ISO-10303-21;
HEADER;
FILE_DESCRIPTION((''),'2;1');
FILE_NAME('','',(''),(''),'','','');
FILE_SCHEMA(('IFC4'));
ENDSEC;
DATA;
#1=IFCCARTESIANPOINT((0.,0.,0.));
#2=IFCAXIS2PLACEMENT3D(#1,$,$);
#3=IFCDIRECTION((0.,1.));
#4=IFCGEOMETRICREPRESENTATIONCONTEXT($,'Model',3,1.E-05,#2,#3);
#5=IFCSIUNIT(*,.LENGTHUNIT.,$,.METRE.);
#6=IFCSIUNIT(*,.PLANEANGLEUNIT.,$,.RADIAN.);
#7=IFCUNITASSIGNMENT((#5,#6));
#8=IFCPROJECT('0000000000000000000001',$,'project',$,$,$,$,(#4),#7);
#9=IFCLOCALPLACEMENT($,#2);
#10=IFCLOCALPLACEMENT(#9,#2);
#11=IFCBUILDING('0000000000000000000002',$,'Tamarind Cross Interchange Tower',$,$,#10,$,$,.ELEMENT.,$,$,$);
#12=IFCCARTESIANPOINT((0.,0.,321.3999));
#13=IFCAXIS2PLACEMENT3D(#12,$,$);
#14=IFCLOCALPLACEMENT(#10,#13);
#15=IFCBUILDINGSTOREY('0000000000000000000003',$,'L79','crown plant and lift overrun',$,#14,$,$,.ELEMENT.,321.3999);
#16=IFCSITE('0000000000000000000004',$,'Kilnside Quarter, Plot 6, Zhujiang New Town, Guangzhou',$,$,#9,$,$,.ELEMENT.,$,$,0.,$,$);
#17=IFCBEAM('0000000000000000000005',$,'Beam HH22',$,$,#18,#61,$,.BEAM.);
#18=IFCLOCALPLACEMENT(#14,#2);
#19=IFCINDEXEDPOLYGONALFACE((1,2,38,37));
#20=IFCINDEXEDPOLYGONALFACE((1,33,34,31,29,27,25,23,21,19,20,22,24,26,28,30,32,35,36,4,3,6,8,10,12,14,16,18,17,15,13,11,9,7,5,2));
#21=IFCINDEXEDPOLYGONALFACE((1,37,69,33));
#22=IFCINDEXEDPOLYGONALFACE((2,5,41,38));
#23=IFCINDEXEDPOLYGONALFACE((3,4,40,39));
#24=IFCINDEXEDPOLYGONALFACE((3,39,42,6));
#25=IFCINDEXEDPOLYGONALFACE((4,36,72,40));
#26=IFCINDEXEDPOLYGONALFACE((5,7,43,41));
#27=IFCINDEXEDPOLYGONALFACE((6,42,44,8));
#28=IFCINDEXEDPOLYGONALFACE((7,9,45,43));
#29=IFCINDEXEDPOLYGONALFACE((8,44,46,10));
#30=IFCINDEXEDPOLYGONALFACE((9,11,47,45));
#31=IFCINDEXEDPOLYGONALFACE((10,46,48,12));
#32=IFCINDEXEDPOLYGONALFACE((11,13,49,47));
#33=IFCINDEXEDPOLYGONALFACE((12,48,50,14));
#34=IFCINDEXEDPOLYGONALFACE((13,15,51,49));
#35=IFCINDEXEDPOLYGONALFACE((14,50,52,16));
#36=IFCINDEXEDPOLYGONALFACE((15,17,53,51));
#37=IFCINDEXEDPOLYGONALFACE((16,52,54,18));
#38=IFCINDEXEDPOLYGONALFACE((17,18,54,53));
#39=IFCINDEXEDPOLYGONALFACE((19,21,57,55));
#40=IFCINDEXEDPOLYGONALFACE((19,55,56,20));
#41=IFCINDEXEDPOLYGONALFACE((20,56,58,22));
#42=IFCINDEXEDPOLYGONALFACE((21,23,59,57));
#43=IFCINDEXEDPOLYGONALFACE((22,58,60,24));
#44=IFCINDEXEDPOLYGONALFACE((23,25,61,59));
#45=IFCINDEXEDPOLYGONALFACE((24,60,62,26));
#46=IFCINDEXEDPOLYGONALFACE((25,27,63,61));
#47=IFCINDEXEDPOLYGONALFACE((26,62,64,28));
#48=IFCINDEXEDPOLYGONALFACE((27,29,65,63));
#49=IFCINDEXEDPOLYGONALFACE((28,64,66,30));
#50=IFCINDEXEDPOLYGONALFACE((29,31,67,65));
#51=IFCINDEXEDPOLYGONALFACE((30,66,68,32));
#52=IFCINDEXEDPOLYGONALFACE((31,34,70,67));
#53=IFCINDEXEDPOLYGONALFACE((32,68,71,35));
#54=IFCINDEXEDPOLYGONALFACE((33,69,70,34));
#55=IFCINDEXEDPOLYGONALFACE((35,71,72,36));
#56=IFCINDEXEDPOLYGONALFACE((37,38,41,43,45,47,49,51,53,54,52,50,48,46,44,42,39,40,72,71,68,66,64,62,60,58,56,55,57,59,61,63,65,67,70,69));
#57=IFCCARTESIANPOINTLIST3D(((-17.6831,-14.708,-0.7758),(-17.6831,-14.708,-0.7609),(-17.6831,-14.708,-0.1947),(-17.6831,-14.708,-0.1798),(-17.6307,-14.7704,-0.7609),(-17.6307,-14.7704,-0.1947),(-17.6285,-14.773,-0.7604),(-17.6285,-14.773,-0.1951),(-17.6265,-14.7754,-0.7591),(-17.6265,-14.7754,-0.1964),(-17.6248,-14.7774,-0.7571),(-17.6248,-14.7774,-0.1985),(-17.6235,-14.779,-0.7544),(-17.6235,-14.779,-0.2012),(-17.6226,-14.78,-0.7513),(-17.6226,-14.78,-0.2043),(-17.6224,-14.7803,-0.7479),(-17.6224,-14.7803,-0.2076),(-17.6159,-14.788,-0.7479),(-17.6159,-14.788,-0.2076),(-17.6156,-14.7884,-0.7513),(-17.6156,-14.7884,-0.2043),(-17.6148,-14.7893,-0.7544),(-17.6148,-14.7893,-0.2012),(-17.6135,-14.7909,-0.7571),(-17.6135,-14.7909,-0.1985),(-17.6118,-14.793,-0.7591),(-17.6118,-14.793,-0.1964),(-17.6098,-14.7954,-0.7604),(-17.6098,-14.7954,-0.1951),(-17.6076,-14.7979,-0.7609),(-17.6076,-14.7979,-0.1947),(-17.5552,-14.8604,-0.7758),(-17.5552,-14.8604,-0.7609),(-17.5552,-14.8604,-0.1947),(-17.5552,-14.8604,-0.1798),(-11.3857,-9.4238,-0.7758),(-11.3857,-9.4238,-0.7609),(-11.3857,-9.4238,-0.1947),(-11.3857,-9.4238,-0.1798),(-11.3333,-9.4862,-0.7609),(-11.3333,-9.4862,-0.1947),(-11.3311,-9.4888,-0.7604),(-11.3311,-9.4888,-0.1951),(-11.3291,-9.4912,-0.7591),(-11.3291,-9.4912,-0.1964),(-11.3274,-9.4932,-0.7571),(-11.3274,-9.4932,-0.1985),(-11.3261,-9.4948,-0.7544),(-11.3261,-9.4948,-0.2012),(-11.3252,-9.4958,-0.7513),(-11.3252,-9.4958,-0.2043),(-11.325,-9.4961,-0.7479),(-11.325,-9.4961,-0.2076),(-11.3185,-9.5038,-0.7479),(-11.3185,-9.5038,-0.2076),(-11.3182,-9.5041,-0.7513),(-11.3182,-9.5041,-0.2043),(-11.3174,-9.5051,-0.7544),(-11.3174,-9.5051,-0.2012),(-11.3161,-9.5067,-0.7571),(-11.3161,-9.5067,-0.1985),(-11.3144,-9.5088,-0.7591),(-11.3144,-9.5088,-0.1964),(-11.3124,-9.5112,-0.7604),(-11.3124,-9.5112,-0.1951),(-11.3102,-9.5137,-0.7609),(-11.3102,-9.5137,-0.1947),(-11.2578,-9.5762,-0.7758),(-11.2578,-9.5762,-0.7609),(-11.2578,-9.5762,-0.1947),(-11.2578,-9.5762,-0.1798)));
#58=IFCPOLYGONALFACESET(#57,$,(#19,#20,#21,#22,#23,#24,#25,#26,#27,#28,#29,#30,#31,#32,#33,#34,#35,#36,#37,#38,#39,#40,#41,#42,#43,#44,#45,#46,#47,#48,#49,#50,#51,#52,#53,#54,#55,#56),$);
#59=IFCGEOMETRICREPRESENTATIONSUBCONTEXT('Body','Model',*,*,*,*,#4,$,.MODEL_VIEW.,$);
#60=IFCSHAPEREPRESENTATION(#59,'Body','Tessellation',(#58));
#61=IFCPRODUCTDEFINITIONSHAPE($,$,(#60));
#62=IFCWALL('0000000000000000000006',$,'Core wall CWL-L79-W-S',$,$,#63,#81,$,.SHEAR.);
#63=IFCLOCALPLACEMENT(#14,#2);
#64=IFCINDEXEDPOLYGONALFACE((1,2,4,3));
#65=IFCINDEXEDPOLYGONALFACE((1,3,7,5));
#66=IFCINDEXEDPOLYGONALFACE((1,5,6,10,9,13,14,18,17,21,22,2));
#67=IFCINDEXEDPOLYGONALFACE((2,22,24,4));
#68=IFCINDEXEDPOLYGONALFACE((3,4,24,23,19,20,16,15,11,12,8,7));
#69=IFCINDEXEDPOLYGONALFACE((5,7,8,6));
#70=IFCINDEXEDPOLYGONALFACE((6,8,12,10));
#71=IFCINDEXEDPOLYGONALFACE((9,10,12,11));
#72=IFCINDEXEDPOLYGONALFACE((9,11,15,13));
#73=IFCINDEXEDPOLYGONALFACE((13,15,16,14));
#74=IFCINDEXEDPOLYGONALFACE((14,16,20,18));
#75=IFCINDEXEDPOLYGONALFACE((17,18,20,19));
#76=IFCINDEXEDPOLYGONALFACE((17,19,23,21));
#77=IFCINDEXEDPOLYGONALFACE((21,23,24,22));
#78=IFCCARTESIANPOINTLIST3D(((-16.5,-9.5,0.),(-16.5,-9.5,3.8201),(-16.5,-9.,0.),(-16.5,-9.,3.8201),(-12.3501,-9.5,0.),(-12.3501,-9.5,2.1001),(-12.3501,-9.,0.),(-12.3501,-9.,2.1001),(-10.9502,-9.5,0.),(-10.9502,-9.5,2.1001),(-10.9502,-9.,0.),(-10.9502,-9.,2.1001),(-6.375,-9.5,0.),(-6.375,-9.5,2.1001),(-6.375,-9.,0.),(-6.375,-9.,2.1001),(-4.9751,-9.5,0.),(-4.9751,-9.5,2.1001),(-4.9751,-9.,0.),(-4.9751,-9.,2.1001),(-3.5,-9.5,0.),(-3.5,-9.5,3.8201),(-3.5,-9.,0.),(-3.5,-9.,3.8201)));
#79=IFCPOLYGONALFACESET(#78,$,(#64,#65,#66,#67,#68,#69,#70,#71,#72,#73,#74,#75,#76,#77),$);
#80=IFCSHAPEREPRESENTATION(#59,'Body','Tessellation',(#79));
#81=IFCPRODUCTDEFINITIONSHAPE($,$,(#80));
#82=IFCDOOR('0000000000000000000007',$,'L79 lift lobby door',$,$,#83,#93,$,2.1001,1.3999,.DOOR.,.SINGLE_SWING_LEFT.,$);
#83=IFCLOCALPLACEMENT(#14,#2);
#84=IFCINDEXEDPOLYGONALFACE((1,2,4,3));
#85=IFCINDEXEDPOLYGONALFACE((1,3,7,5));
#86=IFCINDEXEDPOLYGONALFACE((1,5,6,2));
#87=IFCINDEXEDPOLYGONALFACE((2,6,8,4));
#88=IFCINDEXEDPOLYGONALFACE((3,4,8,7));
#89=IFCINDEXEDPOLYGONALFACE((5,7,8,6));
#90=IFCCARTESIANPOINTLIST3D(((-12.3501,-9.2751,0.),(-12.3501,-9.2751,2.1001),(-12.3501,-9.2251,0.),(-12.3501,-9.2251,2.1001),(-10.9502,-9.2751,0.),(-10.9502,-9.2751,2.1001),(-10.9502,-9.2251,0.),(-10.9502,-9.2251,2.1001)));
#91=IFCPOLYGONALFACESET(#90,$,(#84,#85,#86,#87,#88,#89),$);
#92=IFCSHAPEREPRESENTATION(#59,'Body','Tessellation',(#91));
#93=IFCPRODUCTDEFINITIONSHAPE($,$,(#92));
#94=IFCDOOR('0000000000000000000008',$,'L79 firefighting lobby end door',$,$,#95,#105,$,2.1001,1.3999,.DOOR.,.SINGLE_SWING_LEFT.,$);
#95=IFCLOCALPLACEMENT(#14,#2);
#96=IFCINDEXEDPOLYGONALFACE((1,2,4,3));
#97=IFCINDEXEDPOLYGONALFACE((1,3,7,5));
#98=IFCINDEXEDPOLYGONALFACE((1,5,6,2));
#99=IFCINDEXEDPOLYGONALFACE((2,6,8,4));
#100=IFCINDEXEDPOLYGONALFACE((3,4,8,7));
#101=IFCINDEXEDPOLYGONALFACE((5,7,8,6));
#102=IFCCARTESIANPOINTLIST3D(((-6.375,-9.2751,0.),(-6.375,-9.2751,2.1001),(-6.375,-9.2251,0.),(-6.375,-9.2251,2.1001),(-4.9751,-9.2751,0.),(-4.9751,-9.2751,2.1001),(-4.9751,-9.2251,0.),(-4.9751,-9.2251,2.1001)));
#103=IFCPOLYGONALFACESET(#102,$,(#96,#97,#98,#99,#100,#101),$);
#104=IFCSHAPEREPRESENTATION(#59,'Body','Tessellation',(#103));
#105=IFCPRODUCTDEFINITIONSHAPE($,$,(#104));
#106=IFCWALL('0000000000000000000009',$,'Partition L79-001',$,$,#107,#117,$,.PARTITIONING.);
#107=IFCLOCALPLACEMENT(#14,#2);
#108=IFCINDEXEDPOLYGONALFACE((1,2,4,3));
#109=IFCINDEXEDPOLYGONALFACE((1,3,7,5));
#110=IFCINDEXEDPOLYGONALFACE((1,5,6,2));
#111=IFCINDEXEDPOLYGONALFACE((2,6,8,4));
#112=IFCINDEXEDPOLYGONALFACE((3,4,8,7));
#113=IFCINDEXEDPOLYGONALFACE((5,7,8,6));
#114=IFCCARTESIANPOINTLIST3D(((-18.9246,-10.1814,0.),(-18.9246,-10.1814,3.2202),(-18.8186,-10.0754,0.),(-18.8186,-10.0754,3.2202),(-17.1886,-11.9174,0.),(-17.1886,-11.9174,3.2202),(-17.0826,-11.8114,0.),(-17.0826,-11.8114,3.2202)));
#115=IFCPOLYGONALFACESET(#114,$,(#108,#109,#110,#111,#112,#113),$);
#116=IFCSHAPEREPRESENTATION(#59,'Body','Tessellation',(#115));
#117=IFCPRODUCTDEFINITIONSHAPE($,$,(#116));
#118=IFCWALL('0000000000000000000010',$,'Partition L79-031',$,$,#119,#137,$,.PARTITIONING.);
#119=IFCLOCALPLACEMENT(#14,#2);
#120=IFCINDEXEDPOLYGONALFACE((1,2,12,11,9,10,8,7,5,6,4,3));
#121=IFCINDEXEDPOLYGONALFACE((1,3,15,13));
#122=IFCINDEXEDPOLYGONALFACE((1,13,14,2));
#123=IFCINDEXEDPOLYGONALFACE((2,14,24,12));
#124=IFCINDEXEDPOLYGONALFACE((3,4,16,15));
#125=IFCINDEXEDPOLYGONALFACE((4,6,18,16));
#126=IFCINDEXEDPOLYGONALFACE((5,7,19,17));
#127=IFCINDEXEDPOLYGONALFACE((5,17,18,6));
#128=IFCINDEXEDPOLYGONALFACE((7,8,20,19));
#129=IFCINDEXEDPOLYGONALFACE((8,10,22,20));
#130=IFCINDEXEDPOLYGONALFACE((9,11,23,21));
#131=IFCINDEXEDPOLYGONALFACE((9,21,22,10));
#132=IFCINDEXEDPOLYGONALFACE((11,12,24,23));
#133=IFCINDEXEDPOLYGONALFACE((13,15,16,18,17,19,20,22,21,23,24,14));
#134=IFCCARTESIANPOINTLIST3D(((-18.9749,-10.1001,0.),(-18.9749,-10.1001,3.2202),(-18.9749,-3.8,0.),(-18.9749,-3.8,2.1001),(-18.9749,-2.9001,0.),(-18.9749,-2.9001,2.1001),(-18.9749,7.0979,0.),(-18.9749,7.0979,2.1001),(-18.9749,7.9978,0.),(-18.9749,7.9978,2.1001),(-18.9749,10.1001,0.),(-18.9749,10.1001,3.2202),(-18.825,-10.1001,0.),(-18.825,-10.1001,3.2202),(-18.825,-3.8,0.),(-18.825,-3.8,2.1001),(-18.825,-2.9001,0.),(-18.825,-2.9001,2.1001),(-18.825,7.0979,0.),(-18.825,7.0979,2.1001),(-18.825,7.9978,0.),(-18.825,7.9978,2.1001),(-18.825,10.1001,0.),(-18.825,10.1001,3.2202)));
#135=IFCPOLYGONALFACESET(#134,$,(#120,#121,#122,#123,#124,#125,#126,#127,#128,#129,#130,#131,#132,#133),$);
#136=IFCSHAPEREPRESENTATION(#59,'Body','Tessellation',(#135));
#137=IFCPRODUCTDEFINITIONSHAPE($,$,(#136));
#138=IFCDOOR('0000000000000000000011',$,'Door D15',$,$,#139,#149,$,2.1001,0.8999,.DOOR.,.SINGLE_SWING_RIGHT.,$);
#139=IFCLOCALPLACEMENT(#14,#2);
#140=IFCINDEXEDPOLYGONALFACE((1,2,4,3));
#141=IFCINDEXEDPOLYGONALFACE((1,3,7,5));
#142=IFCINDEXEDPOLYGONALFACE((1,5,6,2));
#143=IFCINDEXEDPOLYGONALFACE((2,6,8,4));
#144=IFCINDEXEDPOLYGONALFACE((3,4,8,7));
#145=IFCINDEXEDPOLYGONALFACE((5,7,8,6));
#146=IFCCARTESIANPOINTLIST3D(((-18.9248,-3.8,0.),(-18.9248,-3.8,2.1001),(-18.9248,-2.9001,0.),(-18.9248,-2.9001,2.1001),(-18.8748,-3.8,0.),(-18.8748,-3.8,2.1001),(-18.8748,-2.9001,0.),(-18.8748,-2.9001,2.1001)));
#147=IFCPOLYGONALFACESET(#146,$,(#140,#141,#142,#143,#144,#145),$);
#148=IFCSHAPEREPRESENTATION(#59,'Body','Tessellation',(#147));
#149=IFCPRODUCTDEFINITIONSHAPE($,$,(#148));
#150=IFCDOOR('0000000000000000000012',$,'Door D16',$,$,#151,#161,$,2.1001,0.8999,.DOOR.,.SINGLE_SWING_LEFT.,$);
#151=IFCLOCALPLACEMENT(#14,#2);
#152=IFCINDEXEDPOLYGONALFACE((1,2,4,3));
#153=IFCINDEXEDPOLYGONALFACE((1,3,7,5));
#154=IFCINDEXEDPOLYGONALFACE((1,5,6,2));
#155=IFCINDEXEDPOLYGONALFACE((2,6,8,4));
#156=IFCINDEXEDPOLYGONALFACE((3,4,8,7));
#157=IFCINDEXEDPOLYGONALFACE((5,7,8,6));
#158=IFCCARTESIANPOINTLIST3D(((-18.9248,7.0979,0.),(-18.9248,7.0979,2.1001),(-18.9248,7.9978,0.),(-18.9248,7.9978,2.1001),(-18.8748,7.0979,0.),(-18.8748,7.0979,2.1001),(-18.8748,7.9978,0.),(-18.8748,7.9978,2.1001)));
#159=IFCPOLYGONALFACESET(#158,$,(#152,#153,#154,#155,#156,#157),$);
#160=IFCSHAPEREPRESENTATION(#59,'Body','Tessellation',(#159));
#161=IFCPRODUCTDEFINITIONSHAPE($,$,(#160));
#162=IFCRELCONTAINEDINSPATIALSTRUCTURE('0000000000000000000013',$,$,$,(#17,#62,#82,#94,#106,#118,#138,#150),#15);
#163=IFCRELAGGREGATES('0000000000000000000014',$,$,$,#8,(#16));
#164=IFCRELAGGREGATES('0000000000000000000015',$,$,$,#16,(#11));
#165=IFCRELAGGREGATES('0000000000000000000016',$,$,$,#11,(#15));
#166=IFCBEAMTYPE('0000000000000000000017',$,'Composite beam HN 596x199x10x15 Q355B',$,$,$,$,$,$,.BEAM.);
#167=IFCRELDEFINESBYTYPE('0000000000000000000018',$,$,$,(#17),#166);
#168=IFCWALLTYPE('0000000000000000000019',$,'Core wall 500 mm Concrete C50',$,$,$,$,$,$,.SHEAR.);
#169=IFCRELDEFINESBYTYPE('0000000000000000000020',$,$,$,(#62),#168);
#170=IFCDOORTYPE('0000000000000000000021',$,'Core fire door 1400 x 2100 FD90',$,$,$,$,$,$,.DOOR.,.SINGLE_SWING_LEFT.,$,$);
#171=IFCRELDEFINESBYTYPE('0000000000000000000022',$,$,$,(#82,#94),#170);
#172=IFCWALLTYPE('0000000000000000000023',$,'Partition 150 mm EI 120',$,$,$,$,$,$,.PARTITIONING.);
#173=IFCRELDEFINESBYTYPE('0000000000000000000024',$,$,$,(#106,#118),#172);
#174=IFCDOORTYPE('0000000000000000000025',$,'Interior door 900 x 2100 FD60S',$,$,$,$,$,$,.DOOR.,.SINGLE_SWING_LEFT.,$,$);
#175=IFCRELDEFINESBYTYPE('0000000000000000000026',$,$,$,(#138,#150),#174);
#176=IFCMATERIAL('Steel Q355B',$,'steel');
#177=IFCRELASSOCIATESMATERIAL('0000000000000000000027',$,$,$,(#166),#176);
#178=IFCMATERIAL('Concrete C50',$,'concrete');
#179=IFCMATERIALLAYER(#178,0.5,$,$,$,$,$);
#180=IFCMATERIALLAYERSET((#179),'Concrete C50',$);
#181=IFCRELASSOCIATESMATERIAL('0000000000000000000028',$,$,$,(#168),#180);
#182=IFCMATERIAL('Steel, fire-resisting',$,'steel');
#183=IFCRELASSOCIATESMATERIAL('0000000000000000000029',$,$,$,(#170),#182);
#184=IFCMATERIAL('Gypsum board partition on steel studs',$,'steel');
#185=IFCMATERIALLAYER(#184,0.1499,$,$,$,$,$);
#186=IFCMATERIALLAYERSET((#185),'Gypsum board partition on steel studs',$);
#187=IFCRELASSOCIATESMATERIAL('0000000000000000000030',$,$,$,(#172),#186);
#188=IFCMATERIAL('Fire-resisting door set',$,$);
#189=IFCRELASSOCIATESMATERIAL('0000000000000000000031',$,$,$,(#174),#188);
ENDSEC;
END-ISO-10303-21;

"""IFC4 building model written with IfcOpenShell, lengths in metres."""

from ifc_helpers import new_model, si_unit, direction, frame, frame_2d, origin, origin_2d, place, context, subcontext, project, spatial, rectangle, i_section, extrude, material, layer, layer_set, material_profile, profile_set, type_object, element, fill, save


model = new_model("IFC4")

# Units and contexts
model_context = context("Model", 3, precision=1e-05, world=origin(), true_north=direction((0.0, 1.0)))
body_context = subcontext(model_context, "Body", "Model", "MODEL_VIEW")
ifc_project = project(units=[si_unit("LENGTHUNIT", "METRE"), si_unit("PLANEANGLEUNIT", "RADIAN")], contexts=[model_context])

# Site, building, storey
site_placement = place(None, origin())
site = spatial("IfcSite", under=ifc_project, at=site_placement, Name="Kilnside Quarter, Plot 6, Zhujiang New Town, Guangzhou", CompositionType="ELEMENT", RefElevation=0.0)
building_placement = place(site_placement, origin())
building = spatial("IfcBuilding", under=site, at=building_placement, Name="Tamarind Cross Interchange Tower", CompositionType="ELEMENT")
storey_placement = place(building_placement, frame((0.0, 0.0, 321.3999)))
storey = spatial("IfcBuildingStorey", under=building, at=storey_placement, Name="L79", Description="crown plant and lift overrun", CompositionType="ELEMENT", Elevation=321.3999)

# Beam
ifc_material_1 = material(Name="Steel Q355B", Category="steel")
ifc_material_profile_1 = material_profile(ifc_material_1, i_section(OverallWidth=0.199, OverallDepth=0.5959, WebThickness=0.01, FlangeThickness=0.0149, FilletRadius=0.0129, at=origin_2d()), Name="HN 596x199x10x15")
ifc_profile_set_1 = profile_set([ifc_material_profile_1], Name="Steel Q355B")
beam_type = type_object("IfcBeamType", Name="Composite beam HN 596x199x10x15 Q355B", PredefinedType="BEAM", material=ifc_profile_set_1)
beam_1_placement = place(storey_placement, frame((-17.6191, -14.7842, -0.4778), z_axis=(0.766041, 0.642792, 0.0), x_axis=(-0.642792, 0.766041, 0.0)))
element("IfcBeam", 1, at=beam_1_placement, inside=storey, type_object=beam_type, Name="Beam HH22", PredefinedType="BEAM", context=body_context, shape_type="SweptSolid", body=[
    extrude(i_section(OverallWidth=0.199, OverallDepth=0.5959, WebThickness=0.01, FlangeThickness=0.0149, FilletRadius=0.0129, at=origin_2d()), origin(), (0.0, 0.0, 1.0), 8.2207),
])

# Wall, openings, doors
ifc_material_2 = material(Name="Concrete C50", Category="concrete")
ifc_layer_1 = layer(ifc_material_2, 0.5)
ifc_layer_set_1 = layer_set([ifc_layer_1], Name="Concrete C50")
wall_type_1 = type_object("IfcWallType", Name="Core wall 500 mm Concrete C50", PredefinedType="SHEAR", material=ifc_layer_set_1)
wall_1_placement = place(storey_placement, frame((-16.5, -9.25, 0.0), z_axis=(0.0, 0.0, 1.0), x_axis=(1.0, 0.0, 0.0)))
wall_1 = element("IfcWall", 2, at=wall_1_placement, inside=storey, type_object=wall_type_1, Name="Core wall CWL-L79-W-S", PredefinedType="SHEAR", context=body_context, shape_type="SweptSolid", body=[
    extrude(rectangle(XDim=13.0, YDim=0.5, at=frame_2d((6.5, 0.0))), origin(), (0.0, 0.0, 1.0), 3.8201),
])
opening_1_placement = place(wall_1_placement, frame((4.1499, 0.0, 0.0)))
opening_1 = element("IfcOpeningElement", 3, at=opening_1_placement, cuts=wall_1, PredefinedType="OPENING", context=body_context, shape_type="SweptSolid", body=[
    extrude(rectangle(XDim=1.3999, YDim=2.1001, at=frame_2d((0.7, 1.05))), frame((0.0, 0.26, 0.0), z_axis=(0.0, -1.0, 0.0), x_axis=(1.0, 0.0, 0.0)), (0.0, 0.0, 1.0), 0.52),
])
opening_2_placement = place(wall_1_placement, frame((10.125, 0.0, 0.0)))
opening_2 = element("IfcOpeningElement", 4, at=opening_2_placement, cuts=wall_1, PredefinedType="OPENING", context=body_context, shape_type="SweptSolid", body=[
    extrude(rectangle(XDim=1.3999, YDim=2.1001, at=frame_2d((0.7, 1.05))), frame((0.0, 0.26, 0.0), z_axis=(0.0, -1.0, 0.0), x_axis=(1.0, 0.0, 0.0)), (0.0, 0.0, 1.0), 0.52),
])
ifc_material_3 = material(Name="Steel, fire-resisting", Category="steel")
door_type_1 = type_object("IfcDoorType", Name="Core fire door 1400 x 2100 FD90", OperationType="SINGLE_SWING_LEFT", PredefinedType="DOOR", material=ifc_material_3)
door_1_placement = place(opening_1_placement, origin())
door_1 = element("IfcDoor", 5, at=door_1_placement, inside=storey, type_object=door_type_1, Name="L79 lift lobby door", OperationType="SINGLE_SWING_LEFT", OverallHeight=2.1001, OverallWidth=1.3999, PredefinedType="DOOR", context=body_context, shape_type="SweptSolid", body=[
    extrude(rectangle(XDim=1.3999, YDim=2.1001, at=frame_2d((0.7, 1.05))), frame((0.0, 0.0249, 0.0), z_axis=(0.0, -1.0, 0.0), x_axis=(1.0, 0.0, 0.0)), (0.0, 0.0, 1.0), 0.05),
])
fill(opening_1, door_1)
door_2_placement = place(opening_2_placement, origin())
door_2 = element("IfcDoor", 6, at=door_2_placement, inside=storey, type_object=door_type_1, Name="L79 firefighting lobby end door", OperationType="SINGLE_SWING_LEFT", OverallHeight=2.1001, OverallWidth=1.3999, PredefinedType="DOOR", context=body_context, shape_type="SweptSolid", body=[
    extrude(rectangle(XDim=1.3999, YDim=2.1001, at=frame_2d((0.7, 1.05))), frame((0.0, 0.0249, 0.0), z_axis=(0.0, -1.0, 0.0), x_axis=(1.0, 0.0, 0.0)), (0.0, 0.0, 1.0), 0.05),
])
fill(opening_2, door_2)

# Wall
ifc_material_4 = material(Name="Gypsum board partition on steel studs", Category="steel")
ifc_layer_2 = layer(ifc_material_4, 0.1499)
ifc_layer_set_2 = layer_set([ifc_layer_2], Name="Gypsum board partition on steel studs")
wall_type_2 = type_object("IfcWallType", Name="Partition 150 mm EI 120", PredefinedType="PARTITIONING", material=ifc_layer_set_2)
wall_2_placement = place(storey_placement, frame((-18.8716, -10.1284, 0.0), z_axis=(0.0, 0.0, 1.0), x_axis=(0.707107, -0.707107, 0.0)))
element("IfcWall", 7, at=wall_2_placement, inside=storey, type_object=wall_type_2, Name="Partition L79-001", PredefinedType="PARTITIONING", context=body_context, shape_type="SweptSolid", body=[
    extrude(rectangle(XDim=2.4551, YDim=0.1499, at=frame_2d((1.2275, 0.0))), origin(), (0.0, 0.0, 1.0), 3.2202),
])

# Wall, openings, doors
wall_3_placement = place(storey_placement, frame((-18.8999, -10.1001, 0.0), z_axis=(0.0, 0.0, 1.0), x_axis=(0.0, 1.0, 0.0)))
wall_3 = element("IfcWall", 8, at=wall_3_placement, inside=storey, type_object=wall_type_2, Name="Partition L79-031", PredefinedType="PARTITIONING", context=body_context, shape_type="SweptSolid", body=[
    extrude(rectangle(XDim=20.2002, YDim=0.1499, at=frame_2d((10.1001, 0.0))), origin(), (0.0, 0.0, 1.0), 3.2202),
])
opening_3_placement = place(wall_3_placement, frame((6.3, 0.0, 0.0)))
opening_3 = element("IfcOpeningElement", 9, at=opening_3_placement, cuts=wall_3, PredefinedType="OPENING", context=body_context, shape_type="SweptSolid", body=[
    extrude(rectangle(XDim=0.8999, YDim=2.1001, at=frame_2d((0.45, 1.05))), frame((0.0, 0.085, 0.0), z_axis=(0.0, -1.0, 0.0), x_axis=(1.0, 0.0, 0.0)), (0.0, 0.0, 1.0), 0.1699),
])
opening_4_placement = place(wall_3_placement, frame((17.198, 0.0, 0.0)))
opening_4 = element("IfcOpeningElement", 10, at=opening_4_placement, cuts=wall_3, PredefinedType="OPENING", context=body_context, shape_type="SweptSolid", body=[
    extrude(rectangle(XDim=0.8999, YDim=2.1001, at=frame_2d((0.45, 1.05))), frame((0.0, 0.085, 0.0), z_axis=(0.0, -1.0, 0.0), x_axis=(1.0, 0.0, 0.0)), (0.0, 0.0, 1.0), 0.1699),
])
ifc_material_5 = material(Name="Fire-resisting door set")
door_type_2 = type_object("IfcDoorType", Name="Interior door 900 x 2100 FD60S", OperationType="SINGLE_SWING_LEFT", PredefinedType="DOOR", material=ifc_material_5)
door_3_placement = place(opening_3_placement, origin())
door_3 = element("IfcDoor", 11, at=door_3_placement, inside=storey, type_object=door_type_2, Name="Door D15", OperationType="SINGLE_SWING_RIGHT", OverallHeight=2.1001, OverallWidth=0.8999, PredefinedType="DOOR", context=body_context, shape_type="SweptSolid", body=[
    extrude(rectangle(XDim=0.8999, YDim=2.1001, at=frame_2d((0.45, 1.05))), frame((0.0, 0.0249, 0.0), z_axis=(0.0, -1.0, 0.0), x_axis=(1.0, 0.0, 0.0)), (0.0, 0.0, 1.0), 0.05),
])
fill(opening_3, door_3)
door_4_placement = place(opening_4_placement, origin())
door_4 = element("IfcDoor", 12, at=door_4_placement, inside=storey, type_object=door_type_2, Name="Door D16", OperationType="SINGLE_SWING_LEFT", OverallHeight=2.1001, OverallWidth=0.8999, PredefinedType="DOOR", context=body_context, shape_type="SweptSolid", body=[
    extrude(rectangle(XDim=0.8999, YDim=2.1001, at=frame_2d((0.45, 1.05))), frame((0.0, 0.0249, 0.0), z_axis=(0.0, -1.0, 0.0), x_axis=(1.0, 0.0, 0.0)), (0.0, 0.0, 1.0), 0.05),
])
fill(opening_4, door_4)

save(model, "model.ifc")
